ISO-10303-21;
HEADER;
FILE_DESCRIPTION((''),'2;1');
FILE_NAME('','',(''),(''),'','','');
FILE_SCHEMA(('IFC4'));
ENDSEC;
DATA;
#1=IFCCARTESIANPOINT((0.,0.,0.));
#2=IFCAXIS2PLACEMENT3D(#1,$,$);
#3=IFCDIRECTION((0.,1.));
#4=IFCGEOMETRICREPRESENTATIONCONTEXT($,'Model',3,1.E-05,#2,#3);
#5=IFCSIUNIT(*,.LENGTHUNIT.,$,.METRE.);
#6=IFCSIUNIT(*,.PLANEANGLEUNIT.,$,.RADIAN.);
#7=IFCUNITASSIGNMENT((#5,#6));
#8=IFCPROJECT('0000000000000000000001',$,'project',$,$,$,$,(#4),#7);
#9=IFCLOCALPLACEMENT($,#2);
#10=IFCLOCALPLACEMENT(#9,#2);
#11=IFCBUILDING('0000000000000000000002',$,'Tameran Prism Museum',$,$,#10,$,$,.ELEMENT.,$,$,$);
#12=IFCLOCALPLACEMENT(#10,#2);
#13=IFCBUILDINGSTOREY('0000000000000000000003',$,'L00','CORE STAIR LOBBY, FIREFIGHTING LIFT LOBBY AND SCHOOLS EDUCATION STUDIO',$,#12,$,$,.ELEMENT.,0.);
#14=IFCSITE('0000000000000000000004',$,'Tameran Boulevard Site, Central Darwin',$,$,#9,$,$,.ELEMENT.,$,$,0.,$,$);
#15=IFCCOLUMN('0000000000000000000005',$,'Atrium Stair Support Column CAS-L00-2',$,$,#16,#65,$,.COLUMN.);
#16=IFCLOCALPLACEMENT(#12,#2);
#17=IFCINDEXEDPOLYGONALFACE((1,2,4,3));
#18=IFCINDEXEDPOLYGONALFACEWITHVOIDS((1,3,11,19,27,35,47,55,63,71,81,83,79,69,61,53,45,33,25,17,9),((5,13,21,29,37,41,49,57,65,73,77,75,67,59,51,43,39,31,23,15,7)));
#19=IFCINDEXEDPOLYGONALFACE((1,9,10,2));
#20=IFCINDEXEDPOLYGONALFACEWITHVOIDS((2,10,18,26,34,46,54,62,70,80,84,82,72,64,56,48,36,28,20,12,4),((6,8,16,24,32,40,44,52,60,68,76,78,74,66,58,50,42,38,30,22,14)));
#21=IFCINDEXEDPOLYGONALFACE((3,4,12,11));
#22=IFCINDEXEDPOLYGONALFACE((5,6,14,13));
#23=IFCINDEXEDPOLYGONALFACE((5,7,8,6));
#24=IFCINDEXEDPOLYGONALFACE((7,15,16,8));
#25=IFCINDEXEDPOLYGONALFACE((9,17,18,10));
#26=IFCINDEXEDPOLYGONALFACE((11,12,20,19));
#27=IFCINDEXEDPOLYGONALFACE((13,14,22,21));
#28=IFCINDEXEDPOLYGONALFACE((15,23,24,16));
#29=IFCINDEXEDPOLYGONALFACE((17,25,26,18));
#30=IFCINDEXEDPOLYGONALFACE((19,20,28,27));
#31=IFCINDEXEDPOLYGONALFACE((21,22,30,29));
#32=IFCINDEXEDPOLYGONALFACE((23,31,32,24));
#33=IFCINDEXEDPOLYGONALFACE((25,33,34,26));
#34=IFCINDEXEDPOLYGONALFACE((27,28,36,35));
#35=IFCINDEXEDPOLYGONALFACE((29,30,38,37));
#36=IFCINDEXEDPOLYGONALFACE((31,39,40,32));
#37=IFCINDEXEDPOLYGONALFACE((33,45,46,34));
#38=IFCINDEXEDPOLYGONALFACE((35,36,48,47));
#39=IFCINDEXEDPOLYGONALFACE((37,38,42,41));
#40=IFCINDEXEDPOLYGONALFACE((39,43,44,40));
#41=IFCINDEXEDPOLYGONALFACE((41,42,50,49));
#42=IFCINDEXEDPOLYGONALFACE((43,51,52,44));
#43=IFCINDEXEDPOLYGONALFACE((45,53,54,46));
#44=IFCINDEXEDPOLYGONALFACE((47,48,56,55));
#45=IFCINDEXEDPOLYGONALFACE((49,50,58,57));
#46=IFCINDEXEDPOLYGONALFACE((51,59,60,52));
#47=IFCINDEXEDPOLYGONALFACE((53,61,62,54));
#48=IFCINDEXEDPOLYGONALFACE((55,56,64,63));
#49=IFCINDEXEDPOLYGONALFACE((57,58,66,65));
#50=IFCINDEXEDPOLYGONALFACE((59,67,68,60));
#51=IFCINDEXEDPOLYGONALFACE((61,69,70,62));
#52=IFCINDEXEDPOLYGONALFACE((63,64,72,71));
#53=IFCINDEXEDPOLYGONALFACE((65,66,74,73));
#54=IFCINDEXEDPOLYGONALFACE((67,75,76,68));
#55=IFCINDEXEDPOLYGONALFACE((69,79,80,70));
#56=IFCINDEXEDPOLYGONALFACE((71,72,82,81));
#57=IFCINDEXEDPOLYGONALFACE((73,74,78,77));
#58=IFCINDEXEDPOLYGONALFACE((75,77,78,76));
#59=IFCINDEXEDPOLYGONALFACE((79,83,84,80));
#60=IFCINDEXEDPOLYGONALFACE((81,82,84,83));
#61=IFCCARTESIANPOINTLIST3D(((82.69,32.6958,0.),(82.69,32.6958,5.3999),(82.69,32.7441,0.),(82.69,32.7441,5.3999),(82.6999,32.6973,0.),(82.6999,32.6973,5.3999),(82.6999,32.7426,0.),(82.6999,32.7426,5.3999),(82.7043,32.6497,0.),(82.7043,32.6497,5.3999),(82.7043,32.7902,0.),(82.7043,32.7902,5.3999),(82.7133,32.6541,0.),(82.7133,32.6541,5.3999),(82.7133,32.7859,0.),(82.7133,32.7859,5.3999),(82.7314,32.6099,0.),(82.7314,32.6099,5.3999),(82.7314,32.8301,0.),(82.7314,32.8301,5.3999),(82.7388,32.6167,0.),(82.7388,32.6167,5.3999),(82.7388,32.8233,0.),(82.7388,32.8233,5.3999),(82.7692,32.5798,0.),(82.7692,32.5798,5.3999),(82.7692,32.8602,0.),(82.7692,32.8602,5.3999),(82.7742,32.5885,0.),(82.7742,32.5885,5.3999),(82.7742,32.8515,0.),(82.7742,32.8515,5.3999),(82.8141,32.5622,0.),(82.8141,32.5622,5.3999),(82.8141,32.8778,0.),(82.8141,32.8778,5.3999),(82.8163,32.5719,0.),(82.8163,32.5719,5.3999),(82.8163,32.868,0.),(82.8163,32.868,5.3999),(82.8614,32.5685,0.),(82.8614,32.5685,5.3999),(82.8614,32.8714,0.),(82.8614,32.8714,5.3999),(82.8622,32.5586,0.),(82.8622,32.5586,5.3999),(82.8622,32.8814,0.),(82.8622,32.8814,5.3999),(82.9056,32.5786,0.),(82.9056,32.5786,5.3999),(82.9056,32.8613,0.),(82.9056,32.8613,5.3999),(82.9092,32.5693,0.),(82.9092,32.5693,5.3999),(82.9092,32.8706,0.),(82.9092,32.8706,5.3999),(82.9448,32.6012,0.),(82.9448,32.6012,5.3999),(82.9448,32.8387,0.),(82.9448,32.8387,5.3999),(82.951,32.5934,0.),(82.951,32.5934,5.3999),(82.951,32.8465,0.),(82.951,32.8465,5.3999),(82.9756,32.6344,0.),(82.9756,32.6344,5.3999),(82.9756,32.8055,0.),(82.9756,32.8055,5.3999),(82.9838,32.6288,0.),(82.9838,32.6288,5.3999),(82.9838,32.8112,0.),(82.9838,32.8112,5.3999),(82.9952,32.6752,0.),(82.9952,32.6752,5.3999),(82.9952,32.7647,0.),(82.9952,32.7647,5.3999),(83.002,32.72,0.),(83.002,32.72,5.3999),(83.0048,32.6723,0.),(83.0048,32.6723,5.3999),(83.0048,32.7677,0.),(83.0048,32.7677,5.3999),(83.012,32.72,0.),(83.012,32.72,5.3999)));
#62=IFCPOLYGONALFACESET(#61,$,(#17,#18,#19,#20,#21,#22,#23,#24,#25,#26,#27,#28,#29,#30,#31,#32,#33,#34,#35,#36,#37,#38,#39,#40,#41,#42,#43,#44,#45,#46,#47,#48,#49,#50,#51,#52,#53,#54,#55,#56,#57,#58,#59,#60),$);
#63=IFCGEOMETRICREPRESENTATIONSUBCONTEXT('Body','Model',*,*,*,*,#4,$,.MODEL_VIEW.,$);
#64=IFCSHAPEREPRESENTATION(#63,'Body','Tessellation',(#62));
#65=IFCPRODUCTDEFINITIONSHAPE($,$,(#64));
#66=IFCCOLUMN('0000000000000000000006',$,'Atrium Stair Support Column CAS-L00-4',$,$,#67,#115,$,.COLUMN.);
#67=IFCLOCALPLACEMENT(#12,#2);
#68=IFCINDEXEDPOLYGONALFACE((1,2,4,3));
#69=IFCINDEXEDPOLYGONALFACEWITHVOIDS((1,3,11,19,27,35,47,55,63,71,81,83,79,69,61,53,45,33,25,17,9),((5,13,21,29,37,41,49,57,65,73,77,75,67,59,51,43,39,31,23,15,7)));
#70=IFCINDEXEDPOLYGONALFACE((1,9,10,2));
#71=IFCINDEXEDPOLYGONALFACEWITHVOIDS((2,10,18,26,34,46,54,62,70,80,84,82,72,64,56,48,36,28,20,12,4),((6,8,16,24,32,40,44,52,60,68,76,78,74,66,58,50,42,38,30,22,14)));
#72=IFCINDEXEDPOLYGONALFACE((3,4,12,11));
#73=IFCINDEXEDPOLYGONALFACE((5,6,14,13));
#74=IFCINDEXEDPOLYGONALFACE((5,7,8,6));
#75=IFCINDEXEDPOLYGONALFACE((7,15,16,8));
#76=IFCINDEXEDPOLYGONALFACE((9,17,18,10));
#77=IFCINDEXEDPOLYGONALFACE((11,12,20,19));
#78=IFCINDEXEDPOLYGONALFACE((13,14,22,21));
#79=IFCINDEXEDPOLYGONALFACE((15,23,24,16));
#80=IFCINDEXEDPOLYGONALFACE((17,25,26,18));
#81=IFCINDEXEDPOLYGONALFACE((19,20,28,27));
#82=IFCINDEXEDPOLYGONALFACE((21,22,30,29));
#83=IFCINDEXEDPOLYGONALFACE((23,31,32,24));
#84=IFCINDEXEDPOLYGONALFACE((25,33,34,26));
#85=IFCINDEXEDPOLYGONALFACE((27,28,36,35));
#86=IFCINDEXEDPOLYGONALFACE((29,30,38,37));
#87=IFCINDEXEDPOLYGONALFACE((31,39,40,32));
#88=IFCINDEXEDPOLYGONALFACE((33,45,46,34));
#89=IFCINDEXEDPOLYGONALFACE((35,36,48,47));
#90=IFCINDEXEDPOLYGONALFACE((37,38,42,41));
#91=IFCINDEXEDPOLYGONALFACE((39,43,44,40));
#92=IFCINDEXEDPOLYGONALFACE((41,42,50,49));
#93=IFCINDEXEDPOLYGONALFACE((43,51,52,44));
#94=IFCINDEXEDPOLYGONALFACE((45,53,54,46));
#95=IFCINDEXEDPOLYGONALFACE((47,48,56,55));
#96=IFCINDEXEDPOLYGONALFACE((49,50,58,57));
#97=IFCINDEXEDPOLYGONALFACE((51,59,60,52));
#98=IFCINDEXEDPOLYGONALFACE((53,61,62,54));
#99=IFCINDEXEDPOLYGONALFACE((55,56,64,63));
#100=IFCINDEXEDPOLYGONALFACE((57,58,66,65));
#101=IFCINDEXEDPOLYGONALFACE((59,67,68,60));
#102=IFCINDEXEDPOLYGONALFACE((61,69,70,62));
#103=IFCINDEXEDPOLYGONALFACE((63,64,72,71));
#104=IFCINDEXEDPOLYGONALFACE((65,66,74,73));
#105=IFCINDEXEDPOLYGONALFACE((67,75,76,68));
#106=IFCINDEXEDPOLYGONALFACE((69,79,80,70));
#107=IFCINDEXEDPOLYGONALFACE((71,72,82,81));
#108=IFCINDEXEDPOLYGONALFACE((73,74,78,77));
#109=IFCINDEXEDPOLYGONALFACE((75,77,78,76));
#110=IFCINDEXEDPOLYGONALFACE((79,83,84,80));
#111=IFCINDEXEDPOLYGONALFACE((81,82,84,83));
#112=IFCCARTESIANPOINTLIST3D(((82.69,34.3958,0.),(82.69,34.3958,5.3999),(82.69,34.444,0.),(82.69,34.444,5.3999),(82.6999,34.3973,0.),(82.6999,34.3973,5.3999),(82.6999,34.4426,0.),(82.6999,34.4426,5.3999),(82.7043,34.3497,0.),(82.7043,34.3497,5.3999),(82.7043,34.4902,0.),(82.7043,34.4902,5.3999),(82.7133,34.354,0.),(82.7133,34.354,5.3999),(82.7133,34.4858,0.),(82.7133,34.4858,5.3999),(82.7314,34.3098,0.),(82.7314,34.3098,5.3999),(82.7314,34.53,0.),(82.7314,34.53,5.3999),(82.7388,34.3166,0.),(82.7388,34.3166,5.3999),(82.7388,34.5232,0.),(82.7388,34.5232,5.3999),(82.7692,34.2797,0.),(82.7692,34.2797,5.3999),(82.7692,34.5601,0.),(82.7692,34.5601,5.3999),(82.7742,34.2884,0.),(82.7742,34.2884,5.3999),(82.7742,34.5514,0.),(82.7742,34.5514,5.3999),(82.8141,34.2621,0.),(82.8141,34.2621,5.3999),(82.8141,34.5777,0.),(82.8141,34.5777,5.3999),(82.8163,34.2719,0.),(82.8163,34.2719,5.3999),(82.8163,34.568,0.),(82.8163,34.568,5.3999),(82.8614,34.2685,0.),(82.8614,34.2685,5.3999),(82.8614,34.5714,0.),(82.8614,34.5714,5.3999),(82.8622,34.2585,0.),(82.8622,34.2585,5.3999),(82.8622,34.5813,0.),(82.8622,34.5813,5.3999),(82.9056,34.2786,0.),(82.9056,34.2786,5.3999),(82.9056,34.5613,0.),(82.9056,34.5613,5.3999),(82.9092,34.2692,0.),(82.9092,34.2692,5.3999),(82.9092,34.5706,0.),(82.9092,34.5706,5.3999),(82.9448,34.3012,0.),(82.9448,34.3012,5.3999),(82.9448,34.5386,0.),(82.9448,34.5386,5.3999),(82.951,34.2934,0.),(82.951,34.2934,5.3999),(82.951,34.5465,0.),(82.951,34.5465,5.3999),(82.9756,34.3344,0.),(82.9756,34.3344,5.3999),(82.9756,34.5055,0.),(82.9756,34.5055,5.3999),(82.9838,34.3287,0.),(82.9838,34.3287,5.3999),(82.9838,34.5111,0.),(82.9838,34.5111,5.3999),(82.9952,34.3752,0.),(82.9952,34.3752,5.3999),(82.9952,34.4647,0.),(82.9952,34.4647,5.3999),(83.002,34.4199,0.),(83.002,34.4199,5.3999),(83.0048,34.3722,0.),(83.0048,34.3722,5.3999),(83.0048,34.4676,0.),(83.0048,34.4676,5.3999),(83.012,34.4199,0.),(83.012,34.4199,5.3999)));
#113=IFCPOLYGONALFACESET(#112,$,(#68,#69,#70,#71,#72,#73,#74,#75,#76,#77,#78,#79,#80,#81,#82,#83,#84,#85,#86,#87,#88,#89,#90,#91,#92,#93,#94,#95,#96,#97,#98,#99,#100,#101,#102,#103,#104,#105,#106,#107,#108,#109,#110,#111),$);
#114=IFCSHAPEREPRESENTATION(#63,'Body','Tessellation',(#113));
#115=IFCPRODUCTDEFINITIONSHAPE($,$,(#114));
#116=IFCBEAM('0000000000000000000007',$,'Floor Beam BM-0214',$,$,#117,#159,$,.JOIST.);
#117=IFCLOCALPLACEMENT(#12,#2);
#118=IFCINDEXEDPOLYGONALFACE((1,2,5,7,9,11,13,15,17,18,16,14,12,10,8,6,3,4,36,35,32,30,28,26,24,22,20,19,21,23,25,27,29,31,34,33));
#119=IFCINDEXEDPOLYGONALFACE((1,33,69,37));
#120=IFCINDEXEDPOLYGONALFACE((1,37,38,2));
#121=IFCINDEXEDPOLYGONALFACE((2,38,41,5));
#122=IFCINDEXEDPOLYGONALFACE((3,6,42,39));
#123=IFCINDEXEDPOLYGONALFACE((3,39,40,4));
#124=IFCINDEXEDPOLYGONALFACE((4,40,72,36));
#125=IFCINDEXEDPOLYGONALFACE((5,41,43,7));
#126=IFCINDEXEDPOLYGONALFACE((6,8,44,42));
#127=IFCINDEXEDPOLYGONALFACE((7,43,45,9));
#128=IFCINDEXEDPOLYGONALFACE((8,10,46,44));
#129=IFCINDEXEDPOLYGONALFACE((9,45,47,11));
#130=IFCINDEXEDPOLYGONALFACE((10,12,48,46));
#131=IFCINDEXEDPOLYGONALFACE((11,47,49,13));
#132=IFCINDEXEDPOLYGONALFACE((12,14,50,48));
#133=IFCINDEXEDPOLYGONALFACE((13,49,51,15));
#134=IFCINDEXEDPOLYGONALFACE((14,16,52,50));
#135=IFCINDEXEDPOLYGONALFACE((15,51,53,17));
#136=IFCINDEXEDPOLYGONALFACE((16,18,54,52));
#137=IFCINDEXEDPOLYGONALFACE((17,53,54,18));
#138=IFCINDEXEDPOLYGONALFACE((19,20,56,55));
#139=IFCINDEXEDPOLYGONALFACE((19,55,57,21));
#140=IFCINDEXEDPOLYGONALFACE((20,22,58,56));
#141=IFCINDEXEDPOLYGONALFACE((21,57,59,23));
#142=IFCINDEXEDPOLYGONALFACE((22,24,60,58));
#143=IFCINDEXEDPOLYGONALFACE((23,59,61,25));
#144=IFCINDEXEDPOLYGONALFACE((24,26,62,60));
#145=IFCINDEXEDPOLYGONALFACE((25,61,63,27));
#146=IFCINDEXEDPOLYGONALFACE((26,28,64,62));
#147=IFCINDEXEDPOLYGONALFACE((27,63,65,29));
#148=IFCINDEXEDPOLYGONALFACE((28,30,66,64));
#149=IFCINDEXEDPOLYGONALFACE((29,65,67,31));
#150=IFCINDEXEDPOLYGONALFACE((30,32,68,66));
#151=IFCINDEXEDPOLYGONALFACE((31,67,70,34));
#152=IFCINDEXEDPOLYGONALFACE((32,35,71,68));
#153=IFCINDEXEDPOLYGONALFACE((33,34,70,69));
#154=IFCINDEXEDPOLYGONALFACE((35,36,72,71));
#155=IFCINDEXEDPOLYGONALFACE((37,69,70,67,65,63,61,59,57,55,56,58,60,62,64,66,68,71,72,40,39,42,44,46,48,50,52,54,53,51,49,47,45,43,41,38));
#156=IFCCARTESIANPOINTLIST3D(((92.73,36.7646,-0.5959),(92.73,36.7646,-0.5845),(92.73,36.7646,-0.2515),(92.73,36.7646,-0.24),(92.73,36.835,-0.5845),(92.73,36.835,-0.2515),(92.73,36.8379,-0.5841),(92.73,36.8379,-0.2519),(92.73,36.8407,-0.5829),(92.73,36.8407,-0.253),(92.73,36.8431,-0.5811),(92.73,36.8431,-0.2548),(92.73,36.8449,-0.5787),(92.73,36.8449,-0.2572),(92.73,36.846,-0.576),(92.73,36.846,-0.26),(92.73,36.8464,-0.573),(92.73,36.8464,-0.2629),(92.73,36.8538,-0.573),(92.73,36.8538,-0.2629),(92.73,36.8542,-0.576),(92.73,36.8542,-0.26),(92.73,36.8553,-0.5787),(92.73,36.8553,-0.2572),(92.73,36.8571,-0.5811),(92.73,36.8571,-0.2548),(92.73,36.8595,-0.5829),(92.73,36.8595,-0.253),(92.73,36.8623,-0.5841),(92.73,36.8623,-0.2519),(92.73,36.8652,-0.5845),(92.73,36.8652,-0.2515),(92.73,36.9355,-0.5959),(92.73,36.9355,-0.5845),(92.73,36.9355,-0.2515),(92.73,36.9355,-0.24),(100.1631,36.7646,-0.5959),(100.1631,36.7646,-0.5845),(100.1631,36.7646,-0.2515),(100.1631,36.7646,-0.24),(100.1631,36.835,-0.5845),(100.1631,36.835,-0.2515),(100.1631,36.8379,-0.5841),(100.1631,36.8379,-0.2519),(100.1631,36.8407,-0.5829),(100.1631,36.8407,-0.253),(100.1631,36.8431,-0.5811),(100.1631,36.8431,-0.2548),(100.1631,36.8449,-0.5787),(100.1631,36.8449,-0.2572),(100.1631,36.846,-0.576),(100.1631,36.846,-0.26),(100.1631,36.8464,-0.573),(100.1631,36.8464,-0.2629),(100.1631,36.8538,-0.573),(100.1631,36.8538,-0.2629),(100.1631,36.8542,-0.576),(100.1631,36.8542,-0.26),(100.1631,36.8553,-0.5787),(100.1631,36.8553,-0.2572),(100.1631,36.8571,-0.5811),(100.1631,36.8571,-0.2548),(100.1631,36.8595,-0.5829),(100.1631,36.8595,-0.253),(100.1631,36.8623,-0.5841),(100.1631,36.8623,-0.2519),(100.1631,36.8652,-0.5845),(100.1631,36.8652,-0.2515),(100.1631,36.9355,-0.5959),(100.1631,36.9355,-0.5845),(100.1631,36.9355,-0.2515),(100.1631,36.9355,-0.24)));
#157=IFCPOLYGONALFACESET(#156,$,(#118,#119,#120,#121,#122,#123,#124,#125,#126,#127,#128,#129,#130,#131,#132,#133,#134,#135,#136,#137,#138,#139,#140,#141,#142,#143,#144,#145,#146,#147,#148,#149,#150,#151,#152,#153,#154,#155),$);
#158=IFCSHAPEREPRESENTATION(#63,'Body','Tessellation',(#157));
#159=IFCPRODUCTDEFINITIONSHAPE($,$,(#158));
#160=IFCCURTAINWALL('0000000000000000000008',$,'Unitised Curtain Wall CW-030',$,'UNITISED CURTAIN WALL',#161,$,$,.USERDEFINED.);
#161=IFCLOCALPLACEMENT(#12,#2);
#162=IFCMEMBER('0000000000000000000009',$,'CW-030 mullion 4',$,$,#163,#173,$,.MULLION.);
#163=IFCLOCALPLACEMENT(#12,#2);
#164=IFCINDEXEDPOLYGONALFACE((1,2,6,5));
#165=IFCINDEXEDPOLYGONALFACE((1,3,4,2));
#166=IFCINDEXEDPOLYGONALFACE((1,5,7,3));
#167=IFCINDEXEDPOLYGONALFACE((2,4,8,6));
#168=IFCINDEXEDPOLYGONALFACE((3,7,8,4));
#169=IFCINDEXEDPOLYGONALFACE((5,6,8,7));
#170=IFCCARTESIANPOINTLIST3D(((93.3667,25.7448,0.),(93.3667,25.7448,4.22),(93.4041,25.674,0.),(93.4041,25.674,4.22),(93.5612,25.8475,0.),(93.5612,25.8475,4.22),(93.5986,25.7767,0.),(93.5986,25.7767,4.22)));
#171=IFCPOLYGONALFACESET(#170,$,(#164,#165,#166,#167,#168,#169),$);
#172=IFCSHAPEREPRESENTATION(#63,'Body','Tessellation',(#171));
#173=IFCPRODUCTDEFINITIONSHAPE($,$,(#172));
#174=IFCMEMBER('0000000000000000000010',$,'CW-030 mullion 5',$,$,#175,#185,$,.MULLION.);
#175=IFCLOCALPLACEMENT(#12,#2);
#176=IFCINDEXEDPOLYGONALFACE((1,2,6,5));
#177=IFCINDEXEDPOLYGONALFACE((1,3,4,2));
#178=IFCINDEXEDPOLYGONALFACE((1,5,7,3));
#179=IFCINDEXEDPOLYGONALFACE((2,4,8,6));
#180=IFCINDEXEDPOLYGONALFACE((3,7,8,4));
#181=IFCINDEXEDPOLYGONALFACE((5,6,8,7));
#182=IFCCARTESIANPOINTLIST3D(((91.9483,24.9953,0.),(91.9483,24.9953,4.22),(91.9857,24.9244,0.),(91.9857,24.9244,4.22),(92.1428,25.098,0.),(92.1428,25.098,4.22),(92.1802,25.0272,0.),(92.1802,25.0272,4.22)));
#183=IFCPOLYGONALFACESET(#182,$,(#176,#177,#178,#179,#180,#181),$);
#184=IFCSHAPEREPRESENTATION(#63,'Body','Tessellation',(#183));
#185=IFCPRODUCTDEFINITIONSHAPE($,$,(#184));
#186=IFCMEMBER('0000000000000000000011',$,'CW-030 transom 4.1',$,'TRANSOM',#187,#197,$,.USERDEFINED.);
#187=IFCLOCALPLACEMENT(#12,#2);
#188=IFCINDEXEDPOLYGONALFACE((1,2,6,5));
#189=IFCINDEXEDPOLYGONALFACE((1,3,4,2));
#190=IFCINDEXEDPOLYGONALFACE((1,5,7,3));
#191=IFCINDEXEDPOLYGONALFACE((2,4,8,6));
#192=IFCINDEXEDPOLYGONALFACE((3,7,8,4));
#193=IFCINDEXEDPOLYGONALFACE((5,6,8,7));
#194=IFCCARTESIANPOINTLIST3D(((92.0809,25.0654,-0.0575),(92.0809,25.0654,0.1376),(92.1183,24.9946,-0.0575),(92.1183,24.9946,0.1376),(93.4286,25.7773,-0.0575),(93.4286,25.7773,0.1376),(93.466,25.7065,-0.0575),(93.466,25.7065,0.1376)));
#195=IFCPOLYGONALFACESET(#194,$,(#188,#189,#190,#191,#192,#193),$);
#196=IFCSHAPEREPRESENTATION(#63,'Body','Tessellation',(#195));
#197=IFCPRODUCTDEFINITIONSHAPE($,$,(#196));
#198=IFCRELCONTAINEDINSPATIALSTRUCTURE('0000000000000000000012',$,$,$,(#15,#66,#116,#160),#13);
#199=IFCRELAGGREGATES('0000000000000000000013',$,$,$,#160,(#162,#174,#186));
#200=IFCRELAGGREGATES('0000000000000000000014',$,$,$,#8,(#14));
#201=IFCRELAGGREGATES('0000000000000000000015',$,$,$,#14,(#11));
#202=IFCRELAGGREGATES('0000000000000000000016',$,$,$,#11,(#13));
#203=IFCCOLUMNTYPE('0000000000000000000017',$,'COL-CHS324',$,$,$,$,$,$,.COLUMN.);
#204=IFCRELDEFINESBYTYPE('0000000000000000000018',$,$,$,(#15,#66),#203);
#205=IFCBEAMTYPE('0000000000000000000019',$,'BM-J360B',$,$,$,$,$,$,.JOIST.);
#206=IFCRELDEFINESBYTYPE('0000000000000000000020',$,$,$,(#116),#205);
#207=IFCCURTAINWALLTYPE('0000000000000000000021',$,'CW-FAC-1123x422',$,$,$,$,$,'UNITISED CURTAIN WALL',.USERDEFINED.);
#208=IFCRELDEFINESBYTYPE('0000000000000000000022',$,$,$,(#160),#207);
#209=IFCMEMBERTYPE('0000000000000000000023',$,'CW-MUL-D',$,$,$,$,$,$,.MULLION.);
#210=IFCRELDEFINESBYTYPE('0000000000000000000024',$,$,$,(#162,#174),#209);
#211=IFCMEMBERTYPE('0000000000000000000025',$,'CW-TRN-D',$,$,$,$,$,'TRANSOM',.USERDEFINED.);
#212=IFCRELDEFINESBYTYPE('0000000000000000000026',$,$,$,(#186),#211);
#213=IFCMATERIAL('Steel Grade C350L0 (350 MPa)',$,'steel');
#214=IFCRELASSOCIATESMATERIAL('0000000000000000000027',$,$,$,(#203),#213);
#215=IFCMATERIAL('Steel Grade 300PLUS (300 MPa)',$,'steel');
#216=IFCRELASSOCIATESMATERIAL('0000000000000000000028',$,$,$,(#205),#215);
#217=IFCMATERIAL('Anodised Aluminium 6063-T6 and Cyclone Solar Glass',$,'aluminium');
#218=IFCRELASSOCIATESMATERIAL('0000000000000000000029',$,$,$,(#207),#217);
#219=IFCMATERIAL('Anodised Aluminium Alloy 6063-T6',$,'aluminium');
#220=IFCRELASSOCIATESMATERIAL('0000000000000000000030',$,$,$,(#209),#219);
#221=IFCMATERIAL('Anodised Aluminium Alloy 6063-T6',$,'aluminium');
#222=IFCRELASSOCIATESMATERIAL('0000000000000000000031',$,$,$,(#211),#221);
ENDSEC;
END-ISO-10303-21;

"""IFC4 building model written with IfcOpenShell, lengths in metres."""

from ifc_helpers import new_model, si_unit, direction, frame, origin, origin_2d, place, context, subcontext, project, spatial, rectangle, hollow_circle, i_section, extrude, material, material_profile, profile_set, type_object, element, aggregate, save


model = new_model("IFC4")

# Units and contexts
model_context = context("Model", 3, precision=1e-05, world=origin(), true_north=direction((0.0, 1.0)))
body_context = subcontext(model_context, "Body", "Model", "MODEL_VIEW")
ifc_project = project(units=[si_unit("LENGTHUNIT", "METRE"), si_unit("PLANEANGLEUNIT", "RADIAN")], contexts=[model_context])

# Site, building, storey
site_placement = place(None, origin())
site = spatial("IfcSite", under=ifc_project, at=site_placement, Name="Tameran Boulevard Site, Central Darwin", CompositionType="ELEMENT", RefElevation=0.0)
building_placement = place(site_placement, origin())
building = spatial("IfcBuilding", under=site, at=building_placement, Name="Tameran Prism Museum", CompositionType="ELEMENT")
storey_placement = place(building_placement, origin())
storey = spatial("IfcBuildingStorey", under=building, at=storey_placement, Name="L00", Description="CORE STAIR LOBBY, FIREFIGHTING LIFT LOBBY AND SCHOOLS EDUCATION STUDIO", CompositionType="ELEMENT", Elevation=0.0)

# Columns
ifc_material_1 = material(Name="Steel Grade C350L0 (350 MPa)", Category="steel")
ifc_material_profile_1 = material_profile(ifc_material_1, hollow_circle(Radius=0.1619, WallThickness=0.01, at=origin_2d()))
ifc_profile_set_1 = profile_set([ifc_material_profile_1])
column_type = type_object("IfcColumnType", Name="COL-CHS324", PredefinedType="COLUMN", material=ifc_profile_set_1)
for number, where, z_axis, x_axis, name in (
    (1, (82.8501, 32.72, 0.0), (0.0, 0.0, 1.0), (1.0, 0.0, 0.0), "Atrium Stair Support Column CAS-L00-2"),
    (2, (82.8501, 34.4199, 0.0), (0.0, 0.0, 1.0), (1.0, 0.0, 0.0), "Atrium Stair Support Column CAS-L00-4"),
):
    element("IfcColumn", number, at=place(storey_placement, frame(where, z_axis=z_axis, x_axis=x_axis)), inside=storey, type_object=column_type, Name=name, PredefinedType="COLUMN", context=body_context, shape_type="SweptSolid", body=[
        extrude(hollow_circle(Radius=0.1619, WallThickness=0.01, at=origin_2d()), origin(), (0.0, 0.0, 1.0), 5.3999),
    ])

# Beam
ifc_material_2 = material(Name="Steel Grade 300PLUS (300 MPa)", Category="steel")
ifc_material_profile_2 = material_profile(ifc_material_2, i_section(OverallWidth=0.1709, OverallDepth=0.356, WebThickness=0.0073, FlangeThickness=0.0115, FilletRadius=0.0115, at=origin_2d()))
ifc_profile_set_2 = profile_set([ifc_material_profile_2])
beam_type = type_object("IfcBeamType", Name="BM-J360B", PredefinedType="JOIST", material=ifc_profile_set_2)
beam_placement = place(storey_placement, frame((92.73, 36.8501, -0.418), z_axis=(1.0, 0.0, 0.0), x_axis=(0.0, 1.0, 0.0)))
element("IfcBeam", 3, at=beam_placement, inside=storey, type_object=beam_type, Name="Floor Beam BM-0214", PredefinedType="JOIST", context=body_context, shape_type="SweptSolid", body=[
    extrude(i_section(OverallWidth=0.1709, OverallDepth=0.356, WebThickness=0.0073, FlangeThickness=0.0115, FilletRadius=0.0115, at=origin_2d()), origin(), (0.0, 0.0, 1.0), 7.4331),
])

# Curtain wall, members
ifc_material_3 = material(Name="Anodised Aluminium 6063-T6 and Cyclone Solar Glass", Category="aluminium")
curtain_wall_type = type_object("IfcCurtainWallType", Name="CW-FAC-1123x422", ElementType="UNITISED CURTAIN WALL", PredefinedType="USERDEFINED", material=ifc_material_3)
curtain_wall_placement = place(storey_placement, origin())
curtain_wall = element("IfcCurtainWall", 4, at=curtain_wall_placement, inside=storey, type_object=curtain_wall_type, Name="Unitised Curtain Wall CW-030", ObjectType="UNITISED CURTAIN WALL", PredefinedType="USERDEFINED")
ifc_material_4 = material(Name="Anodised Aluminium Alloy 6063-T6", Category="aluminium")
ifc_material_profile_3 = material_profile(ifc_material_4, rectangle(XDim=0.0801, YDim=0.22, at=origin_2d()))
ifc_profile_set_3 = profile_set([ifc_material_profile_3])
member_type_1 = type_object("IfcMemberType", Name="CW-MUL-D", PredefinedType="MULLION", material=ifc_profile_set_3)
member_1_placement = place(storey_placement, frame((93.4827, 25.7607, 0.0), z_axis=(0.0, 0.0, 1.0), x_axis=(0.467155, -0.884175, 0.0)))
member_1 = element("IfcMember", 5, at=member_1_placement, type_object=member_type_1, Name="CW-030 mullion 4", PredefinedType="MULLION", context=body_context, shape_type="SweptSolid", body=[
    extrude(rectangle(XDim=0.0801, YDim=0.22, at=origin_2d()), origin(), (0.0, 0.0, 1.0), 4.22),
])
member_2_placement = place(storey_placement, frame((92.0642, 25.0112, 0.0), z_axis=(0.0, 0.0, 1.0), x_axis=(0.467155, -0.884175, 0.0)))
member_2 = element("IfcMember", 6, at=member_2_placement, type_object=member_type_1, Name="CW-030 mullion 5", PredefinedType="MULLION", context=body_context, shape_type="SweptSolid", body=[
    extrude(rectangle(XDim=0.0801, YDim=0.22, at=origin_2d()), origin(), (0.0, 0.0, 1.0), 4.22),
])
ifc_material_5 = material(Name="Anodised Aluminium Alloy 6063-T6", Category="aluminium")
ifc_material_profile_4 = material_profile(ifc_material_5, rectangle(XDim=0.0801, YDim=0.1951, at=origin_2d()))
ifc_profile_set_4 = profile_set([ifc_material_profile_4])
member_type_2 = type_object("IfcMemberType", Name="CW-TRN-D", ElementType="TRANSOM", PredefinedType="USERDEFINED", material=ifc_profile_set_4)
member_3_placement = place(storey_placement, frame((93.4473, 25.7419, 0.04), z_axis=(-0.884208, -0.467093, 0.0), x_axis=(0.467093, -0.884208, 0.0)))
member_3 = element("IfcMember", 7, at=member_3_placement, type_object=member_type_2, Name="CW-030 transom 4.1", ObjectType="TRANSOM", PredefinedType="USERDEFINED", context=body_context, shape_type="SweptSolid", body=[
    extrude(rectangle(XDim=0.0801, YDim=0.1951, at=origin_2d()), origin(), (0.0, 0.0, 1.0), 1.5242),
])
aggregate(curtain_wall, [member_1, member_2, member_3])

save(model, "model.ifc")
